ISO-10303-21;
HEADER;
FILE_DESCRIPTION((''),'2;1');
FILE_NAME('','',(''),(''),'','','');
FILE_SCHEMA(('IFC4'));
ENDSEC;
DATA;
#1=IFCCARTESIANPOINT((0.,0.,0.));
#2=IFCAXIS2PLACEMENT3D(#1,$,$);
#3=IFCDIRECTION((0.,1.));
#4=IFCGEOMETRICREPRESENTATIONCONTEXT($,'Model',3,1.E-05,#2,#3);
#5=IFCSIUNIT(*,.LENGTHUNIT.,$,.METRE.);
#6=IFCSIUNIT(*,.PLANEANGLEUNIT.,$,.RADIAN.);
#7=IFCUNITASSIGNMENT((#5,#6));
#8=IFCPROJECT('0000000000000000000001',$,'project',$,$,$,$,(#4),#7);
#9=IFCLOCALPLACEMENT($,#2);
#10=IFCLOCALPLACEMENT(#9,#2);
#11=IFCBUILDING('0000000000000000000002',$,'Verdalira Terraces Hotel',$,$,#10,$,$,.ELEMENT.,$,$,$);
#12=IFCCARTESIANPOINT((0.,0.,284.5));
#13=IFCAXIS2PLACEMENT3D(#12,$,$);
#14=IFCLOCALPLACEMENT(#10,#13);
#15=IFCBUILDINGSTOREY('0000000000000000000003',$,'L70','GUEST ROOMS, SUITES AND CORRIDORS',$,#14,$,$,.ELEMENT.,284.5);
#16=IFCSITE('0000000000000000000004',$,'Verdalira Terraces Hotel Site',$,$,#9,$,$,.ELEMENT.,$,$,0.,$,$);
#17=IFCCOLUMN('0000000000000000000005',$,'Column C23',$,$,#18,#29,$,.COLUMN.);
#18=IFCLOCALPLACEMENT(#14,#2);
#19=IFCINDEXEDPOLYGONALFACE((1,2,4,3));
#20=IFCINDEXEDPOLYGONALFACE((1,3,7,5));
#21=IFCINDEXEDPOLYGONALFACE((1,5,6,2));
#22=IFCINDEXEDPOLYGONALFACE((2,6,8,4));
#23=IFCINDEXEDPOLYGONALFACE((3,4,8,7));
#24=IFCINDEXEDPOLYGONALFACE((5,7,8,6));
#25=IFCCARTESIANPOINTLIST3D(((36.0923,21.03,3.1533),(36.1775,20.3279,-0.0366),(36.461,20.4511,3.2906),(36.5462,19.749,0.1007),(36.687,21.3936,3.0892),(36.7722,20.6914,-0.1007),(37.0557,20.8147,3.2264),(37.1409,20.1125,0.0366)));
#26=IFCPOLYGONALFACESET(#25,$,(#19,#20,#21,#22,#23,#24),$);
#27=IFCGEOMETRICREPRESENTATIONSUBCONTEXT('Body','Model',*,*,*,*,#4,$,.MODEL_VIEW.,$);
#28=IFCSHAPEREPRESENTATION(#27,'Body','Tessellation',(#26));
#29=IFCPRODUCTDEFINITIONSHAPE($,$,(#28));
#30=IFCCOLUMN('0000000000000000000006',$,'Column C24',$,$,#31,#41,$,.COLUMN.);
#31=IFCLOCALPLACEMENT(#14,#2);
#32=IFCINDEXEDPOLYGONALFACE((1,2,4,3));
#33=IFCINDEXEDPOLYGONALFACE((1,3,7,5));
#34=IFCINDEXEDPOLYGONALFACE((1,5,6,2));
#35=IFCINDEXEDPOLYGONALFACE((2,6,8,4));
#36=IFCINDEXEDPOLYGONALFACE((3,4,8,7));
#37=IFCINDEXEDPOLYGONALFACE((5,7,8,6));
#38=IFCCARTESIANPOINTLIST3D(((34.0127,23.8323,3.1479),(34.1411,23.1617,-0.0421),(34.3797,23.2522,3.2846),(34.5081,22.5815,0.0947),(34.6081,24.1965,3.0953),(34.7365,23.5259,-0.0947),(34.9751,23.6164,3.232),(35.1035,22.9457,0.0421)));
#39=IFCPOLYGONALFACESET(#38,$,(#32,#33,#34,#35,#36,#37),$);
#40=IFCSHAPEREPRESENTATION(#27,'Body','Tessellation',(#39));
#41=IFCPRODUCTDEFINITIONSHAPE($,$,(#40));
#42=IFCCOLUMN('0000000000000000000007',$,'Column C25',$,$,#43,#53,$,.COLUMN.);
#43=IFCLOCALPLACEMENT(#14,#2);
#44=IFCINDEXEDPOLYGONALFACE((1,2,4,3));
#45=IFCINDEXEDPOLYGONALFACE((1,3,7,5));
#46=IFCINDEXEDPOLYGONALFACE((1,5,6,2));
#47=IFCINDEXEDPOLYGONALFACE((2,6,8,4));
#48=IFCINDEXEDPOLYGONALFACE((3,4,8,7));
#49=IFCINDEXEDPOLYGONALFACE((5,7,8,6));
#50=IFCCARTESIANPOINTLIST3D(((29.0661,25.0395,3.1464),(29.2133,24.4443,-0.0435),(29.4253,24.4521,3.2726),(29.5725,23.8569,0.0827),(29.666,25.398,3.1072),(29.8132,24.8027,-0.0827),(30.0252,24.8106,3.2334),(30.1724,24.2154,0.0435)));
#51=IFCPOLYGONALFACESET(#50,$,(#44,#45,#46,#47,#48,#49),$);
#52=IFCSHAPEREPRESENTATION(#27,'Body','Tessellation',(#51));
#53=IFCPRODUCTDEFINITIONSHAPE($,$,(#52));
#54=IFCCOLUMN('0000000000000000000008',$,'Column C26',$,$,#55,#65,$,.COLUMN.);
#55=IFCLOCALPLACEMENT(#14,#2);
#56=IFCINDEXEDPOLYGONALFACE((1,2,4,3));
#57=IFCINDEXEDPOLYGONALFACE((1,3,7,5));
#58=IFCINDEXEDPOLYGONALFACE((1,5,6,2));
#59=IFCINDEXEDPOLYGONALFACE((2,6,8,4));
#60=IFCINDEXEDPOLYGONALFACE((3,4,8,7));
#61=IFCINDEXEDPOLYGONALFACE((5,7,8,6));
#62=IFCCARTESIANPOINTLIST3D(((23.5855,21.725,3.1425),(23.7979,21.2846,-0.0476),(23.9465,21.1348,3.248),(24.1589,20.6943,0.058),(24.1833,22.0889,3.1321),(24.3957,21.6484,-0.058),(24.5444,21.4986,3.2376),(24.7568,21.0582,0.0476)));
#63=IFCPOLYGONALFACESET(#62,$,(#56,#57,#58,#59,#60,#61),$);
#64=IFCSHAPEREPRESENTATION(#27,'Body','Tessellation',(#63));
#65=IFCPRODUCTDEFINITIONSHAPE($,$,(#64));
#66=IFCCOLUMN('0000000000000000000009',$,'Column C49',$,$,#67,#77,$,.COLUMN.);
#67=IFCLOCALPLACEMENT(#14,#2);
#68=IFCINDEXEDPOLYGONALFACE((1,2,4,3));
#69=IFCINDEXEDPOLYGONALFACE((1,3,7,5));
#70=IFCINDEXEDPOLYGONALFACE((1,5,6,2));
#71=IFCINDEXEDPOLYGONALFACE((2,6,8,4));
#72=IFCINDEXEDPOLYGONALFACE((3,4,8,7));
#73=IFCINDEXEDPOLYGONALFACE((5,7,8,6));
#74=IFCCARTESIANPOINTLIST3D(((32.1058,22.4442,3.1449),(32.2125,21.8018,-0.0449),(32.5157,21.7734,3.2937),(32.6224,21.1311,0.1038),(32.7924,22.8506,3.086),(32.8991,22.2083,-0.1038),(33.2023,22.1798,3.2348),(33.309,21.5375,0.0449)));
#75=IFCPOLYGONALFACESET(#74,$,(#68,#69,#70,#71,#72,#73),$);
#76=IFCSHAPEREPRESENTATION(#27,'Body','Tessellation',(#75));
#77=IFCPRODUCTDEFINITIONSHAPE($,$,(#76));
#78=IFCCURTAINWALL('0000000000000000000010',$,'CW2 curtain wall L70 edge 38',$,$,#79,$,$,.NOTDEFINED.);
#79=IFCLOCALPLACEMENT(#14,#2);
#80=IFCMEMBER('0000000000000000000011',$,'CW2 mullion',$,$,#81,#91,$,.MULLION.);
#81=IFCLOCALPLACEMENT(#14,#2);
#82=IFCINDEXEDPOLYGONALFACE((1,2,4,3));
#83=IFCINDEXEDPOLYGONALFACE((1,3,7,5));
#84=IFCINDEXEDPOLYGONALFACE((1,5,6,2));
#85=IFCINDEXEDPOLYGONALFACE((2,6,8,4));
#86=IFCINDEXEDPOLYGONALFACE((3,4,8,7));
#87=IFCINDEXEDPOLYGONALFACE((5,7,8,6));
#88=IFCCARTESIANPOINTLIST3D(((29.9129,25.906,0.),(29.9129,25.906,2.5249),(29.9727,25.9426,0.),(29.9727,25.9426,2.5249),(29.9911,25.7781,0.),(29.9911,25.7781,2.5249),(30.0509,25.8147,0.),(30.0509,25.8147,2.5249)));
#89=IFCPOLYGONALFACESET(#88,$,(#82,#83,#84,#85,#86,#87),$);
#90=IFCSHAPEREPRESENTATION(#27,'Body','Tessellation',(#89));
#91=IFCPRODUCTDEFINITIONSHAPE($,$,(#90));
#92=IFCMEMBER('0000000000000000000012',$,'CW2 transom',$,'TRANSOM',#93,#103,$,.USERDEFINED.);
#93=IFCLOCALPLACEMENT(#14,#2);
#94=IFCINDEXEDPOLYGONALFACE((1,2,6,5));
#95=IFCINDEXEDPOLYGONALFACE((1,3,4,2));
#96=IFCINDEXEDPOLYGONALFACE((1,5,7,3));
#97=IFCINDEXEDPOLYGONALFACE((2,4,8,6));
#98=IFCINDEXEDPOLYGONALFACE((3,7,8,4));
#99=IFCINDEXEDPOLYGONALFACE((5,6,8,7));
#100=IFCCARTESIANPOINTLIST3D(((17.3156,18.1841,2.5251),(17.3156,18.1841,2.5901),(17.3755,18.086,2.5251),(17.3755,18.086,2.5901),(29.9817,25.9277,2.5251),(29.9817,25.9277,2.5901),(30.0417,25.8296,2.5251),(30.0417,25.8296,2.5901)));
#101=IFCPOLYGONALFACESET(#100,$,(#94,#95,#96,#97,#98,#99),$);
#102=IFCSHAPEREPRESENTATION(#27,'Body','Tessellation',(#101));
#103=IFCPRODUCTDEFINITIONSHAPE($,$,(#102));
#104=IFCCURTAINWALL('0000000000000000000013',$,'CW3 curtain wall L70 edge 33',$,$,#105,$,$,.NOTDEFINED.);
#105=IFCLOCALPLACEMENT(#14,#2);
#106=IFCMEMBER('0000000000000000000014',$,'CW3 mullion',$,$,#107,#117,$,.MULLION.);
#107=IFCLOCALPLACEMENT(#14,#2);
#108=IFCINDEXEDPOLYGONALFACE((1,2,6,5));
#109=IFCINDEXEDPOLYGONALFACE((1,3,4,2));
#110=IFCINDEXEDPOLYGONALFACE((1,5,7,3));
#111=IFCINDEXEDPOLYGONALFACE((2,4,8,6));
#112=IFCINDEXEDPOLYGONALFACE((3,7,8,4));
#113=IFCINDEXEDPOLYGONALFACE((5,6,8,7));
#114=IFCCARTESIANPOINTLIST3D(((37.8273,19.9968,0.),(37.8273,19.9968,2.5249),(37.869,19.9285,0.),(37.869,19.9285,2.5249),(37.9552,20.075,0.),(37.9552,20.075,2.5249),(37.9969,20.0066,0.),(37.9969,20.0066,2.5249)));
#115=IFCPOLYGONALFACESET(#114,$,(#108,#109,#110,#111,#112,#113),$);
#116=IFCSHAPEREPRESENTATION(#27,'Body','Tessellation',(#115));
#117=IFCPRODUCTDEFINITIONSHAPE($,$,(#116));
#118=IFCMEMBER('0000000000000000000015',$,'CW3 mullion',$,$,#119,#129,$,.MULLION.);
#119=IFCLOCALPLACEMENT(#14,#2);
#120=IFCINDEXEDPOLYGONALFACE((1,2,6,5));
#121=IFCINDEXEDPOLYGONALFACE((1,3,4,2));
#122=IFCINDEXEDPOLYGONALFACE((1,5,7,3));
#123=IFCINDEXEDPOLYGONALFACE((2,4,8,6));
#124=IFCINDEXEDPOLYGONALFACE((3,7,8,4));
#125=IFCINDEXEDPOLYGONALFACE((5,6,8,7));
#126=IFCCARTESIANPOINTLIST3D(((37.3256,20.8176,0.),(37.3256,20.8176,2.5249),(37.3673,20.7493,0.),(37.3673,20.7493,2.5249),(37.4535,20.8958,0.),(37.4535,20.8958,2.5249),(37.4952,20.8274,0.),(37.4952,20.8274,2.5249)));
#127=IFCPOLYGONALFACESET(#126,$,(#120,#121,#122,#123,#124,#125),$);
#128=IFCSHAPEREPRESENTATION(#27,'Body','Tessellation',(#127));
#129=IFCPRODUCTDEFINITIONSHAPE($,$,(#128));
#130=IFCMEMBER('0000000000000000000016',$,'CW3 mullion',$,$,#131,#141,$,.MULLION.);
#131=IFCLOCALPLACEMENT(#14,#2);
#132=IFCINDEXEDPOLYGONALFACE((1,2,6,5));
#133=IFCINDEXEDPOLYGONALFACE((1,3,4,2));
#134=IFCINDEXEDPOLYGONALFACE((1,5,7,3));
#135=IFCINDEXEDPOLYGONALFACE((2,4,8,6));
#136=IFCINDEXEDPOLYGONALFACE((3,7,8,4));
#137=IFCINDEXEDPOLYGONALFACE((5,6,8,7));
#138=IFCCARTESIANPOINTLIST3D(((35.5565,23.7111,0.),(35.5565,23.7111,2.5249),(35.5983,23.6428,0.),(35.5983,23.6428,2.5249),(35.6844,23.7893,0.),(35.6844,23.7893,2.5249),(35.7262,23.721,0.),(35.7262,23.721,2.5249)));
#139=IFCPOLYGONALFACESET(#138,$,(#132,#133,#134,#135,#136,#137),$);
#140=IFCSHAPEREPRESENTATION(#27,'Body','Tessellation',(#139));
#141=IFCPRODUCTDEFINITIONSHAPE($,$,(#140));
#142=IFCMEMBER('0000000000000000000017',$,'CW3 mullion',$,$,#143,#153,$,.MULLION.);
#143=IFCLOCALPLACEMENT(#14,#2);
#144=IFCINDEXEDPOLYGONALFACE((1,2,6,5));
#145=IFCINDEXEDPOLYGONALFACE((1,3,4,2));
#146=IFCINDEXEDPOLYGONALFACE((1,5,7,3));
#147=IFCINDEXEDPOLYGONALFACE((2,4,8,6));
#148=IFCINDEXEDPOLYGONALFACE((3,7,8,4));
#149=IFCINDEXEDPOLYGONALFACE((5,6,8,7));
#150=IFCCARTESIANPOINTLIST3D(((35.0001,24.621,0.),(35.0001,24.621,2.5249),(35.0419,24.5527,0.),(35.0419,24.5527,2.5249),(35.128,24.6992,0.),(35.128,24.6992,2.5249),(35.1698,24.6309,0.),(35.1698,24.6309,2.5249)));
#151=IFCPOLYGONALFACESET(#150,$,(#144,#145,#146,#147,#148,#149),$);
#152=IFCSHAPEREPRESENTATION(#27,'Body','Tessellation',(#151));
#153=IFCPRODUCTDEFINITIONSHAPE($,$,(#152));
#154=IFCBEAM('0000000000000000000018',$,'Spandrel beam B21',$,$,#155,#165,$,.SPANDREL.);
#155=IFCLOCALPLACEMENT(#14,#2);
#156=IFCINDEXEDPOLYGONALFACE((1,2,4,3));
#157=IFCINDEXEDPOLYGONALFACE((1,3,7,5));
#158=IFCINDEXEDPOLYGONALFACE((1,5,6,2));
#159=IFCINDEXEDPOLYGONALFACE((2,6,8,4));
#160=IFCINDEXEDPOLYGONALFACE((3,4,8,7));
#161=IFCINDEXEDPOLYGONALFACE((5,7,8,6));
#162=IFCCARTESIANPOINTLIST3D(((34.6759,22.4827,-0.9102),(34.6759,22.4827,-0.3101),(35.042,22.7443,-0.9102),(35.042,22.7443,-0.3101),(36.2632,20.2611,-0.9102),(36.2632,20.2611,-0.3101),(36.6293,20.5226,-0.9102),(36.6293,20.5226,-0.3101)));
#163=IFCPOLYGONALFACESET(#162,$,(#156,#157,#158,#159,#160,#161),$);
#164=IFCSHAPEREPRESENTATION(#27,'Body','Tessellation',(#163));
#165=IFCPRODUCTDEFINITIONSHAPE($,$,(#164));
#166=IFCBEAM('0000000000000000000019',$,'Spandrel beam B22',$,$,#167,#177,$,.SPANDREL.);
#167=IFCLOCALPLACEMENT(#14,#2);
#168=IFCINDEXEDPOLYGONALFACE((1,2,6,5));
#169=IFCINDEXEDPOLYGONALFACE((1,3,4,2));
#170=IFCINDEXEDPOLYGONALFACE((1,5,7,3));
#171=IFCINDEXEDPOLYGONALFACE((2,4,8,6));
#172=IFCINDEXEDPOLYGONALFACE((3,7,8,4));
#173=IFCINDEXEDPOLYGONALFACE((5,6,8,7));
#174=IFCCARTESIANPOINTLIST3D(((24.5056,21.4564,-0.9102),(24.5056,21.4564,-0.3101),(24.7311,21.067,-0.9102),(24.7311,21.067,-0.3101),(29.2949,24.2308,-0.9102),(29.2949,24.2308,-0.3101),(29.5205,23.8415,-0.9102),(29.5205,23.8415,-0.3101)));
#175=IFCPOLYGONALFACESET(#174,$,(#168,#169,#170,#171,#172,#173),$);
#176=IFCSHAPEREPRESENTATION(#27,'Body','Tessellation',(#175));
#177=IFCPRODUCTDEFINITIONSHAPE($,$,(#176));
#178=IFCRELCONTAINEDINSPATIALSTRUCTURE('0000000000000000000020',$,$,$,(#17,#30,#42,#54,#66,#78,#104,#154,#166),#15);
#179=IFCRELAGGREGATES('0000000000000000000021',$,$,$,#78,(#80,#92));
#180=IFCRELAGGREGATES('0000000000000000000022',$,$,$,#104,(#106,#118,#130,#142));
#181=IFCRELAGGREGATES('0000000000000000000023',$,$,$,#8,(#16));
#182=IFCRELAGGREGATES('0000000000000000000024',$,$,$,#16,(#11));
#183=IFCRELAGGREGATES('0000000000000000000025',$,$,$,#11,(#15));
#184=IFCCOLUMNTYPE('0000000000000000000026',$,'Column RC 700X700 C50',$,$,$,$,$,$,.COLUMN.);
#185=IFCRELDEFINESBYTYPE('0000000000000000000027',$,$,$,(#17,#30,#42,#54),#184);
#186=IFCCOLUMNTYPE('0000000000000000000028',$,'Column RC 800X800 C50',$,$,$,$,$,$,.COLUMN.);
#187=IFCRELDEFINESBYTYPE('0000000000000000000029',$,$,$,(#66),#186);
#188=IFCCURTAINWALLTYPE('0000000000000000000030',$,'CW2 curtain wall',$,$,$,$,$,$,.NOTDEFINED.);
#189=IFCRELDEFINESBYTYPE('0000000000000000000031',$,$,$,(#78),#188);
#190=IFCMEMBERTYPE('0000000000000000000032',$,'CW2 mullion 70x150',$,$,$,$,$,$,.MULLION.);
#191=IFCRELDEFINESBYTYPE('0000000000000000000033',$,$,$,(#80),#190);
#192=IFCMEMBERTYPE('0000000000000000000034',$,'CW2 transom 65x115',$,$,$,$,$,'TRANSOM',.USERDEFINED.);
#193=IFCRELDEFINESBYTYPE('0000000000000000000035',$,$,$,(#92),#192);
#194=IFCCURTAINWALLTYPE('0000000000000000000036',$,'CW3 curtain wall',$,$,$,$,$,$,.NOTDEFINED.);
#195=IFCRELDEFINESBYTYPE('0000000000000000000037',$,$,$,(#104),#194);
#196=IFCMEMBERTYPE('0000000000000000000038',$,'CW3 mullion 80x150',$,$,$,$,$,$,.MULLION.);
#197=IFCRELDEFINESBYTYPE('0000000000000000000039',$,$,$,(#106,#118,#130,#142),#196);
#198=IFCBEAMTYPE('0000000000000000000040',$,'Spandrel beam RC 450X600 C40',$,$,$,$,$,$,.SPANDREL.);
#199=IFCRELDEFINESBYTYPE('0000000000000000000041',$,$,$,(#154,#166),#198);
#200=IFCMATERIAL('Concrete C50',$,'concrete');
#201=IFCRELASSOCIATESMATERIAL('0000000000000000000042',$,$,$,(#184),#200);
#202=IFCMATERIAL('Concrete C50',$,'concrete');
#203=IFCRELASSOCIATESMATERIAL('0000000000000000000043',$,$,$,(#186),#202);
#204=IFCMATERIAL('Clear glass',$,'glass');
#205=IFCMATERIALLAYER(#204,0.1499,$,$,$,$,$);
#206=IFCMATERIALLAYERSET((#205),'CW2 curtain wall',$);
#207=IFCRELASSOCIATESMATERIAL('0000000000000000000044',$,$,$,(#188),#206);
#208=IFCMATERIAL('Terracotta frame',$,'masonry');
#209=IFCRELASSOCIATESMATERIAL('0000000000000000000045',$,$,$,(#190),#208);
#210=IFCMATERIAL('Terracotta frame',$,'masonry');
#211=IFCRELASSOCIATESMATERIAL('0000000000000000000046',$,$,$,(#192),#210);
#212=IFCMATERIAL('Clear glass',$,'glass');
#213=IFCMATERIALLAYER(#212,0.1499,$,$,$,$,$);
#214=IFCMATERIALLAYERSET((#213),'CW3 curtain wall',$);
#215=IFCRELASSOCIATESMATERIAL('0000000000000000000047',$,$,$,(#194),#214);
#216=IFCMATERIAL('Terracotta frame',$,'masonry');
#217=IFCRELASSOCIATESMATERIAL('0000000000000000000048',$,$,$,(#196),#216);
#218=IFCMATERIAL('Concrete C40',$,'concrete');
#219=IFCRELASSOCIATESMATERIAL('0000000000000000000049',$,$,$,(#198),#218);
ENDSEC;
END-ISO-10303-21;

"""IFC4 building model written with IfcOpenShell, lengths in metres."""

from ifc_helpers import new_model, si_unit, direction, frame, origin, origin_2d, place, context, subcontext, project, spatial, rectangle, extrude, material, layer, layer_set, material_profile, profile_set, type_object, element, aggregate, save


model = new_model("IFC4")

# Units and contexts
model_context = context("Model", 3, precision=1e-05, world=origin(), true_north=direction((0.0, 1.0)))
body_context = subcontext(model_context, "Body", "Model", "MODEL_VIEW")
ifc_project = project(units=[si_unit("LENGTHUNIT", "METRE"), si_unit("PLANEANGLEUNIT", "RADIAN")], contexts=[model_context])

# Site, building, storey
site_placement = place(None, origin())
site = spatial("IfcSite", under=ifc_project, at=site_placement, Name="Verdalira Terraces Hotel Site", CompositionType="ELEMENT", RefElevation=0.0)
building_placement = place(site_placement, origin())
building = spatial("IfcBuilding", under=site, at=building_placement, Name="Verdalira Terraces Hotel", CompositionType="ELEMENT")
storey_placement = place(building_placement, frame((0.0, 0.0, 284.5)))
storey = spatial("IfcBuildingStorey", under=building, at=storey_placement, Name="L70", Description="GUEST ROOMS, SUITES AND CORRIDORS", CompositionType="ELEMENT", Elevation=284.5)

# Columns
ifc_material_1 = material(Name="Concrete C50", Category="concrete")
ifc_material_profile_1 = material_profile(ifc_material_1, rectangle(XDim=0.7, YDim=0.7, at=origin_2d()), Name="RC 700X700")
ifc_profile_set_1 = profile_set([ifc_material_profile_1], Name="Concrete C50")
column_type_1 = type_object("IfcColumnType", Name="Column RC 700X700 C50", PredefinedType="COLUMN", material=ifc_profile_set_1)
column_1_placement = place(storey_placement, frame((36.6592, 20.2202, 0.0), z_axis=(-0.026077, 0.214894, 0.976289), x_axis=(-0.526752, 0.827084, -0.196122)))
element("IfcColumn", 1, at=column_1_placement, inside=storey, type_object=column_type_1, Name="Column C23", PredefinedType="COLUMN", context=body_context, shape_type="SweptSolid", body=[
    extrude(rectangle(XDim=0.7, YDim=0.7, at=origin_2d()), origin(), (0.0, 0.0, 1.0), 3.2673),
])
column_2_placement = place(storey_placement, frame((34.6223, 23.0537, 0.0), z_axis=(-0.039365, 0.205583, 0.977848), x_axis=(-0.524268, 0.828841, -0.195361)))
element("IfcColumn", 2, at=column_2_placement, inside=storey, type_object=column_type_1, Name="Column C24", PredefinedType="COLUMN", context=body_context, shape_type="SweptSolid", body=[
    extrude(rectangle(XDim=0.7, YDim=0.7, at=origin_2d()), origin(), (0.0, 0.0, 1.0), 3.2622),
])
column_3_placement = place(storey_placement, frame((29.6929, 24.3298, 0.0), z_axis=(-0.045321, 0.183237, 0.982024), x_axis=(-0.857062, -0.51216, 0.056011)))
element("IfcColumn", 3, at=column_3_placement, inside=storey, type_object=column_type_1, Name="Column C25", PredefinedType="COLUMN", context=body_context, shape_type="SweptSolid", body=[
    extrude(rectangle(XDim=0.7, YDim=0.7, at=origin_2d()), origin(), (0.0, 0.0, 1.0), 3.2483),
])
column_4_placement = place(storey_placement, frame((24.2773, 21.1714, 0.0), z_axis=(-0.065816, 0.136474, 0.988455), x_axis=(-0.854155, -0.519805, 0.014895)))
element("IfcColumn", 4, at=column_4_placement, inside=storey, type_object=column_type_1, Name="Column C26", PredefinedType="COLUMN", context=body_context, shape_type="SweptSolid", body=[
    extrude(rectangle(XDim=0.7, YDim=0.7, at=origin_2d()), origin(), (0.0, 0.0, 1.0), 3.2273),
])
ifc_material_2 = material(Name="Concrete C50", Category="concrete")
ifc_material_profile_2 = material_profile(ifc_material_2, rectangle(XDim=0.8, YDim=0.8, at=origin_2d()), Name="RC 800X800")
ifc_profile_set_2 = profile_set([ifc_material_profile_2], Name="Concrete C50")
column_type_2 = type_object("IfcColumnType", Name="Column RC 800X800 C50", PredefinedType="COLUMN", material=ifc_profile_set_2)
column_5_placement = place(storey_placement, frame((32.7607, 21.6697, 0.0), z_axis=(-0.03277, 0.197294, 0.979796), x_axis=(0.858182, 0.508042, -0.073598)))
element("IfcColumn", 5, at=column_5_placement, inside=storey, type_object=column_type_2, Name="Column C49", PredefinedType="COLUMN", context=body_context, shape_type="SweptSolid", body=[
    extrude(rectangle(XDim=0.8, YDim=0.8, at=origin_2d()), origin(), (0.0, 0.0, 1.0), 3.2556),
])

# Curtain walls, members
ifc_material_3 = material(Name="Clear glass", Category="glass")
ifc_layer_1 = layer(ifc_material_3, 0.1499)
ifc_layer_set_1 = layer_set([ifc_layer_1], Name="CW2 curtain wall")
curtain_wall_type_1 = type_object("IfcCurtainWallType", Name="CW2 curtain wall", PredefinedType="NOTDEFINED", material=ifc_layer_set_1)
curtain_wall_1_placement = place(storey_placement, origin())
curtain_wall_1 = element("IfcCurtainWall", 6, at=curtain_wall_1_placement, inside=storey, type_object=curtain_wall_type_1, Name="CW2 curtain wall L70 edge 38", PredefinedType="NOTDEFINED")
ifc_material_4 = material(Name="Terracotta frame", Category="masonry")
ifc_material_profile_3 = material_profile(ifc_material_4, rectangle(XDim=0.0701, YDim=0.1499, at=origin_2d()), Name="MU 70x150")
ifc_profile_set_3 = profile_set([ifc_material_profile_3], Name="Terracotta frame")
member_type_1 = type_object("IfcMemberType", Name="CW2 mullion 70x150", PredefinedType="MULLION", material=ifc_profile_set_3)
member_1_placement = place(storey_placement, frame((29.9819, 25.8604, 0.0), z_axis=(0.0, 0.0, 1.0), x_axis=(-0.853187, -0.521605, 0.0)))
member_1 = element("IfcMember", 7, at=member_1_placement, type_object=member_type_1, Name="CW2 mullion", PredefinedType="MULLION", context=body_context, shape_type="SweptSolid", body=[
    extrude(rectangle(XDim=0.0701, YDim=0.1499, at=origin_2d()), origin(), (0.0, 0.0, 1.0), 2.5249),
])
ifc_material_5 = material(Name="Terracotta frame", Category="masonry")
ifc_material_profile_4 = material_profile(ifc_material_5, rectangle(XDim=0.115, YDim=0.0649, at=origin_2d()), Name="TR 65x115")
ifc_profile_set_4 = profile_set([ifc_material_profile_4], Name="Terracotta frame")
member_type_2 = type_object("IfcMemberType", Name="CW2 transom 65x115", ElementType="TRANSOM", PredefinedType="USERDEFINED", material=ifc_profile_set_4)
member_2_placement = place(storey_placement, frame((30.0117, 25.8787, 2.5576), z_axis=(-0.853187, -0.521605, 0.0), x_axis=(0.521605, -0.853187, 0.0)))
member_2 = element("IfcMember", 8, at=member_2_placement, type_object=member_type_2, Name="CW2 transom", ObjectType="TRANSOM", PredefinedType="USERDEFINED", context=body_context, shape_type="SweptSolid", body=[
    extrude(rectangle(XDim=0.115, YDim=0.0649, at=origin_2d()), origin(), (0.0, 0.0, 1.0), 14.8457),
])
ifc_material_6 = material(Name="Clear glass", Category="glass")
ifc_layer_2 = layer(ifc_material_6, 0.1499)
ifc_layer_set_2 = layer_set([ifc_layer_2], Name="CW3 curtain wall")
curtain_wall_type_2 = type_object("IfcCurtainWallType", Name="CW3 curtain wall", PredefinedType="NOTDEFINED", material=ifc_layer_set_2)
curtain_wall_2_placement = place(storey_placement, origin())
curtain_wall_2 = element("IfcCurtainWall", 9, at=curtain_wall_2_placement, inside=storey, type_object=curtain_wall_type_2, Name="CW3 curtain wall L70 edge 33", PredefinedType="NOTDEFINED")
ifc_material_7 = material(Name="Terracotta frame", Category="masonry")
ifc_material_profile_5 = material_profile(ifc_material_7, rectangle(XDim=0.0801, YDim=0.1499, at=origin_2d()), Name="MU 80x150")
ifc_profile_set_5 = profile_set([ifc_material_profile_5], Name="Terracotta frame")
member_type_3 = type_object("IfcMemberType", Name="CW3 mullion 80x150", PredefinedType="MULLION", material=ifc_profile_set_5)
member_3_placement = place(storey_placement, frame((37.9121, 20.0017, 0.0), z_axis=(0.0, 0.0, 1.0), x_axis=(-0.521605, 0.853187, 0.0)))
member_3 = element("IfcMember", 10, at=member_3_placement, type_object=member_type_3, Name="CW3 mullion", PredefinedType="MULLION", context=body_context, shape_type="SweptSolid", body=[
    extrude(rectangle(XDim=0.0801, YDim=0.1499, at=origin_2d()), origin(), (0.0, 0.0, 1.0), 2.5249),
])
member_4_placement = place(storey_placement, frame((37.4104, 20.8225, 0.0), z_axis=(0.0, 0.0, 1.0), x_axis=(-0.521605, 0.853187, 0.0)))
member_4 = element("IfcMember", 11, at=member_4_placement, type_object=member_type_3, Name="CW3 mullion", PredefinedType="MULLION", context=body_context, shape_type="SweptSolid", body=[
    extrude(rectangle(XDim=0.0801, YDim=0.1499, at=origin_2d()), origin(), (0.0, 0.0, 1.0), 2.5249),
])
member_5_placement = place(storey_placement, frame((35.6414, 23.7161, 0.0), z_axis=(0.0, 0.0, 1.0), x_axis=(-0.521605, 0.853187, 0.0)))
member_5 = element("IfcMember", 12, at=member_5_placement, type_object=member_type_3, Name="CW3 mullion", PredefinedType="MULLION", context=body_context, shape_type="SweptSolid", body=[
    extrude(rectangle(XDim=0.0801, YDim=0.1499, at=origin_2d()), origin(), (0.0, 0.0, 1.0), 2.5249),
])
member_6_placement = place(storey_placement, frame((35.085, 24.626, 0.0), z_axis=(0.0, 0.0, 1.0), x_axis=(-0.521605, 0.853187, 0.0)))
member_6 = element("IfcMember", 13, at=member_6_placement, type_object=member_type_3, Name="CW3 mullion", PredefinedType="MULLION", context=body_context, shape_type="SweptSolid", body=[
    extrude(rectangle(XDim=0.0801, YDim=0.1499, at=origin_2d()), origin(), (0.0, 0.0, 1.0), 2.5249),
])

# Beams
ifc_material_8 = material(Name="Concrete C40", Category="concrete")
ifc_material_profile_6 = material_profile(ifc_material_8, rectangle(XDim=0.45, YDim=0.6001, at=origin_2d()), Name="RC 450X600")
ifc_profile_set_6 = profile_set([ifc_material_profile_6], Name="Concrete C40")
beam_type = type_object("IfcBeamType", Name="Spandrel beam RC 450X600 C40", PredefinedType="SPANDREL", material=ifc_profile_set_6)
beam_1_placement = place(storey_placement, frame((36.4463, 20.3918, -0.6101), z_axis=(-0.581357, 0.813649, 0.0), x_axis=(-0.813649, -0.581357, 0.0)))
element("IfcBeam", 14, at=beam_1_placement, inside=storey, type_object=beam_type, Name="Spandrel beam B21", PredefinedType="SPANDREL", context=body_context, shape_type="SweptSolid", body=[
    extrude(rectangle(XDim=0.45, YDim=0.6001, at=origin_2d()), origin(), (0.0, 0.0, 1.0), 2.7305),
])
beam_2_placement = place(storey_placement, frame((29.4077, 24.0361, -0.6101), z_axis=(-0.865296, -0.501261, 0.0), x_axis=(0.501261, -0.865296, 0.0)))
element("IfcBeam", 15, at=beam_2_placement, inside=storey, type_object=beam_type, Name="Spandrel beam B22", PredefinedType="SPANDREL", context=body_context, shape_type="SweptSolid", body=[
    extrude(rectangle(XDim=0.45, YDim=0.6001, at=origin_2d()), origin(), (0.0, 0.0, 1.0), 5.5349),
])

aggregate(curtain_wall_1, [member_1, member_2])
aggregate(curtain_wall_2, [member_3, member_4, member_5, member_6])

save(model, "model.ifc")
